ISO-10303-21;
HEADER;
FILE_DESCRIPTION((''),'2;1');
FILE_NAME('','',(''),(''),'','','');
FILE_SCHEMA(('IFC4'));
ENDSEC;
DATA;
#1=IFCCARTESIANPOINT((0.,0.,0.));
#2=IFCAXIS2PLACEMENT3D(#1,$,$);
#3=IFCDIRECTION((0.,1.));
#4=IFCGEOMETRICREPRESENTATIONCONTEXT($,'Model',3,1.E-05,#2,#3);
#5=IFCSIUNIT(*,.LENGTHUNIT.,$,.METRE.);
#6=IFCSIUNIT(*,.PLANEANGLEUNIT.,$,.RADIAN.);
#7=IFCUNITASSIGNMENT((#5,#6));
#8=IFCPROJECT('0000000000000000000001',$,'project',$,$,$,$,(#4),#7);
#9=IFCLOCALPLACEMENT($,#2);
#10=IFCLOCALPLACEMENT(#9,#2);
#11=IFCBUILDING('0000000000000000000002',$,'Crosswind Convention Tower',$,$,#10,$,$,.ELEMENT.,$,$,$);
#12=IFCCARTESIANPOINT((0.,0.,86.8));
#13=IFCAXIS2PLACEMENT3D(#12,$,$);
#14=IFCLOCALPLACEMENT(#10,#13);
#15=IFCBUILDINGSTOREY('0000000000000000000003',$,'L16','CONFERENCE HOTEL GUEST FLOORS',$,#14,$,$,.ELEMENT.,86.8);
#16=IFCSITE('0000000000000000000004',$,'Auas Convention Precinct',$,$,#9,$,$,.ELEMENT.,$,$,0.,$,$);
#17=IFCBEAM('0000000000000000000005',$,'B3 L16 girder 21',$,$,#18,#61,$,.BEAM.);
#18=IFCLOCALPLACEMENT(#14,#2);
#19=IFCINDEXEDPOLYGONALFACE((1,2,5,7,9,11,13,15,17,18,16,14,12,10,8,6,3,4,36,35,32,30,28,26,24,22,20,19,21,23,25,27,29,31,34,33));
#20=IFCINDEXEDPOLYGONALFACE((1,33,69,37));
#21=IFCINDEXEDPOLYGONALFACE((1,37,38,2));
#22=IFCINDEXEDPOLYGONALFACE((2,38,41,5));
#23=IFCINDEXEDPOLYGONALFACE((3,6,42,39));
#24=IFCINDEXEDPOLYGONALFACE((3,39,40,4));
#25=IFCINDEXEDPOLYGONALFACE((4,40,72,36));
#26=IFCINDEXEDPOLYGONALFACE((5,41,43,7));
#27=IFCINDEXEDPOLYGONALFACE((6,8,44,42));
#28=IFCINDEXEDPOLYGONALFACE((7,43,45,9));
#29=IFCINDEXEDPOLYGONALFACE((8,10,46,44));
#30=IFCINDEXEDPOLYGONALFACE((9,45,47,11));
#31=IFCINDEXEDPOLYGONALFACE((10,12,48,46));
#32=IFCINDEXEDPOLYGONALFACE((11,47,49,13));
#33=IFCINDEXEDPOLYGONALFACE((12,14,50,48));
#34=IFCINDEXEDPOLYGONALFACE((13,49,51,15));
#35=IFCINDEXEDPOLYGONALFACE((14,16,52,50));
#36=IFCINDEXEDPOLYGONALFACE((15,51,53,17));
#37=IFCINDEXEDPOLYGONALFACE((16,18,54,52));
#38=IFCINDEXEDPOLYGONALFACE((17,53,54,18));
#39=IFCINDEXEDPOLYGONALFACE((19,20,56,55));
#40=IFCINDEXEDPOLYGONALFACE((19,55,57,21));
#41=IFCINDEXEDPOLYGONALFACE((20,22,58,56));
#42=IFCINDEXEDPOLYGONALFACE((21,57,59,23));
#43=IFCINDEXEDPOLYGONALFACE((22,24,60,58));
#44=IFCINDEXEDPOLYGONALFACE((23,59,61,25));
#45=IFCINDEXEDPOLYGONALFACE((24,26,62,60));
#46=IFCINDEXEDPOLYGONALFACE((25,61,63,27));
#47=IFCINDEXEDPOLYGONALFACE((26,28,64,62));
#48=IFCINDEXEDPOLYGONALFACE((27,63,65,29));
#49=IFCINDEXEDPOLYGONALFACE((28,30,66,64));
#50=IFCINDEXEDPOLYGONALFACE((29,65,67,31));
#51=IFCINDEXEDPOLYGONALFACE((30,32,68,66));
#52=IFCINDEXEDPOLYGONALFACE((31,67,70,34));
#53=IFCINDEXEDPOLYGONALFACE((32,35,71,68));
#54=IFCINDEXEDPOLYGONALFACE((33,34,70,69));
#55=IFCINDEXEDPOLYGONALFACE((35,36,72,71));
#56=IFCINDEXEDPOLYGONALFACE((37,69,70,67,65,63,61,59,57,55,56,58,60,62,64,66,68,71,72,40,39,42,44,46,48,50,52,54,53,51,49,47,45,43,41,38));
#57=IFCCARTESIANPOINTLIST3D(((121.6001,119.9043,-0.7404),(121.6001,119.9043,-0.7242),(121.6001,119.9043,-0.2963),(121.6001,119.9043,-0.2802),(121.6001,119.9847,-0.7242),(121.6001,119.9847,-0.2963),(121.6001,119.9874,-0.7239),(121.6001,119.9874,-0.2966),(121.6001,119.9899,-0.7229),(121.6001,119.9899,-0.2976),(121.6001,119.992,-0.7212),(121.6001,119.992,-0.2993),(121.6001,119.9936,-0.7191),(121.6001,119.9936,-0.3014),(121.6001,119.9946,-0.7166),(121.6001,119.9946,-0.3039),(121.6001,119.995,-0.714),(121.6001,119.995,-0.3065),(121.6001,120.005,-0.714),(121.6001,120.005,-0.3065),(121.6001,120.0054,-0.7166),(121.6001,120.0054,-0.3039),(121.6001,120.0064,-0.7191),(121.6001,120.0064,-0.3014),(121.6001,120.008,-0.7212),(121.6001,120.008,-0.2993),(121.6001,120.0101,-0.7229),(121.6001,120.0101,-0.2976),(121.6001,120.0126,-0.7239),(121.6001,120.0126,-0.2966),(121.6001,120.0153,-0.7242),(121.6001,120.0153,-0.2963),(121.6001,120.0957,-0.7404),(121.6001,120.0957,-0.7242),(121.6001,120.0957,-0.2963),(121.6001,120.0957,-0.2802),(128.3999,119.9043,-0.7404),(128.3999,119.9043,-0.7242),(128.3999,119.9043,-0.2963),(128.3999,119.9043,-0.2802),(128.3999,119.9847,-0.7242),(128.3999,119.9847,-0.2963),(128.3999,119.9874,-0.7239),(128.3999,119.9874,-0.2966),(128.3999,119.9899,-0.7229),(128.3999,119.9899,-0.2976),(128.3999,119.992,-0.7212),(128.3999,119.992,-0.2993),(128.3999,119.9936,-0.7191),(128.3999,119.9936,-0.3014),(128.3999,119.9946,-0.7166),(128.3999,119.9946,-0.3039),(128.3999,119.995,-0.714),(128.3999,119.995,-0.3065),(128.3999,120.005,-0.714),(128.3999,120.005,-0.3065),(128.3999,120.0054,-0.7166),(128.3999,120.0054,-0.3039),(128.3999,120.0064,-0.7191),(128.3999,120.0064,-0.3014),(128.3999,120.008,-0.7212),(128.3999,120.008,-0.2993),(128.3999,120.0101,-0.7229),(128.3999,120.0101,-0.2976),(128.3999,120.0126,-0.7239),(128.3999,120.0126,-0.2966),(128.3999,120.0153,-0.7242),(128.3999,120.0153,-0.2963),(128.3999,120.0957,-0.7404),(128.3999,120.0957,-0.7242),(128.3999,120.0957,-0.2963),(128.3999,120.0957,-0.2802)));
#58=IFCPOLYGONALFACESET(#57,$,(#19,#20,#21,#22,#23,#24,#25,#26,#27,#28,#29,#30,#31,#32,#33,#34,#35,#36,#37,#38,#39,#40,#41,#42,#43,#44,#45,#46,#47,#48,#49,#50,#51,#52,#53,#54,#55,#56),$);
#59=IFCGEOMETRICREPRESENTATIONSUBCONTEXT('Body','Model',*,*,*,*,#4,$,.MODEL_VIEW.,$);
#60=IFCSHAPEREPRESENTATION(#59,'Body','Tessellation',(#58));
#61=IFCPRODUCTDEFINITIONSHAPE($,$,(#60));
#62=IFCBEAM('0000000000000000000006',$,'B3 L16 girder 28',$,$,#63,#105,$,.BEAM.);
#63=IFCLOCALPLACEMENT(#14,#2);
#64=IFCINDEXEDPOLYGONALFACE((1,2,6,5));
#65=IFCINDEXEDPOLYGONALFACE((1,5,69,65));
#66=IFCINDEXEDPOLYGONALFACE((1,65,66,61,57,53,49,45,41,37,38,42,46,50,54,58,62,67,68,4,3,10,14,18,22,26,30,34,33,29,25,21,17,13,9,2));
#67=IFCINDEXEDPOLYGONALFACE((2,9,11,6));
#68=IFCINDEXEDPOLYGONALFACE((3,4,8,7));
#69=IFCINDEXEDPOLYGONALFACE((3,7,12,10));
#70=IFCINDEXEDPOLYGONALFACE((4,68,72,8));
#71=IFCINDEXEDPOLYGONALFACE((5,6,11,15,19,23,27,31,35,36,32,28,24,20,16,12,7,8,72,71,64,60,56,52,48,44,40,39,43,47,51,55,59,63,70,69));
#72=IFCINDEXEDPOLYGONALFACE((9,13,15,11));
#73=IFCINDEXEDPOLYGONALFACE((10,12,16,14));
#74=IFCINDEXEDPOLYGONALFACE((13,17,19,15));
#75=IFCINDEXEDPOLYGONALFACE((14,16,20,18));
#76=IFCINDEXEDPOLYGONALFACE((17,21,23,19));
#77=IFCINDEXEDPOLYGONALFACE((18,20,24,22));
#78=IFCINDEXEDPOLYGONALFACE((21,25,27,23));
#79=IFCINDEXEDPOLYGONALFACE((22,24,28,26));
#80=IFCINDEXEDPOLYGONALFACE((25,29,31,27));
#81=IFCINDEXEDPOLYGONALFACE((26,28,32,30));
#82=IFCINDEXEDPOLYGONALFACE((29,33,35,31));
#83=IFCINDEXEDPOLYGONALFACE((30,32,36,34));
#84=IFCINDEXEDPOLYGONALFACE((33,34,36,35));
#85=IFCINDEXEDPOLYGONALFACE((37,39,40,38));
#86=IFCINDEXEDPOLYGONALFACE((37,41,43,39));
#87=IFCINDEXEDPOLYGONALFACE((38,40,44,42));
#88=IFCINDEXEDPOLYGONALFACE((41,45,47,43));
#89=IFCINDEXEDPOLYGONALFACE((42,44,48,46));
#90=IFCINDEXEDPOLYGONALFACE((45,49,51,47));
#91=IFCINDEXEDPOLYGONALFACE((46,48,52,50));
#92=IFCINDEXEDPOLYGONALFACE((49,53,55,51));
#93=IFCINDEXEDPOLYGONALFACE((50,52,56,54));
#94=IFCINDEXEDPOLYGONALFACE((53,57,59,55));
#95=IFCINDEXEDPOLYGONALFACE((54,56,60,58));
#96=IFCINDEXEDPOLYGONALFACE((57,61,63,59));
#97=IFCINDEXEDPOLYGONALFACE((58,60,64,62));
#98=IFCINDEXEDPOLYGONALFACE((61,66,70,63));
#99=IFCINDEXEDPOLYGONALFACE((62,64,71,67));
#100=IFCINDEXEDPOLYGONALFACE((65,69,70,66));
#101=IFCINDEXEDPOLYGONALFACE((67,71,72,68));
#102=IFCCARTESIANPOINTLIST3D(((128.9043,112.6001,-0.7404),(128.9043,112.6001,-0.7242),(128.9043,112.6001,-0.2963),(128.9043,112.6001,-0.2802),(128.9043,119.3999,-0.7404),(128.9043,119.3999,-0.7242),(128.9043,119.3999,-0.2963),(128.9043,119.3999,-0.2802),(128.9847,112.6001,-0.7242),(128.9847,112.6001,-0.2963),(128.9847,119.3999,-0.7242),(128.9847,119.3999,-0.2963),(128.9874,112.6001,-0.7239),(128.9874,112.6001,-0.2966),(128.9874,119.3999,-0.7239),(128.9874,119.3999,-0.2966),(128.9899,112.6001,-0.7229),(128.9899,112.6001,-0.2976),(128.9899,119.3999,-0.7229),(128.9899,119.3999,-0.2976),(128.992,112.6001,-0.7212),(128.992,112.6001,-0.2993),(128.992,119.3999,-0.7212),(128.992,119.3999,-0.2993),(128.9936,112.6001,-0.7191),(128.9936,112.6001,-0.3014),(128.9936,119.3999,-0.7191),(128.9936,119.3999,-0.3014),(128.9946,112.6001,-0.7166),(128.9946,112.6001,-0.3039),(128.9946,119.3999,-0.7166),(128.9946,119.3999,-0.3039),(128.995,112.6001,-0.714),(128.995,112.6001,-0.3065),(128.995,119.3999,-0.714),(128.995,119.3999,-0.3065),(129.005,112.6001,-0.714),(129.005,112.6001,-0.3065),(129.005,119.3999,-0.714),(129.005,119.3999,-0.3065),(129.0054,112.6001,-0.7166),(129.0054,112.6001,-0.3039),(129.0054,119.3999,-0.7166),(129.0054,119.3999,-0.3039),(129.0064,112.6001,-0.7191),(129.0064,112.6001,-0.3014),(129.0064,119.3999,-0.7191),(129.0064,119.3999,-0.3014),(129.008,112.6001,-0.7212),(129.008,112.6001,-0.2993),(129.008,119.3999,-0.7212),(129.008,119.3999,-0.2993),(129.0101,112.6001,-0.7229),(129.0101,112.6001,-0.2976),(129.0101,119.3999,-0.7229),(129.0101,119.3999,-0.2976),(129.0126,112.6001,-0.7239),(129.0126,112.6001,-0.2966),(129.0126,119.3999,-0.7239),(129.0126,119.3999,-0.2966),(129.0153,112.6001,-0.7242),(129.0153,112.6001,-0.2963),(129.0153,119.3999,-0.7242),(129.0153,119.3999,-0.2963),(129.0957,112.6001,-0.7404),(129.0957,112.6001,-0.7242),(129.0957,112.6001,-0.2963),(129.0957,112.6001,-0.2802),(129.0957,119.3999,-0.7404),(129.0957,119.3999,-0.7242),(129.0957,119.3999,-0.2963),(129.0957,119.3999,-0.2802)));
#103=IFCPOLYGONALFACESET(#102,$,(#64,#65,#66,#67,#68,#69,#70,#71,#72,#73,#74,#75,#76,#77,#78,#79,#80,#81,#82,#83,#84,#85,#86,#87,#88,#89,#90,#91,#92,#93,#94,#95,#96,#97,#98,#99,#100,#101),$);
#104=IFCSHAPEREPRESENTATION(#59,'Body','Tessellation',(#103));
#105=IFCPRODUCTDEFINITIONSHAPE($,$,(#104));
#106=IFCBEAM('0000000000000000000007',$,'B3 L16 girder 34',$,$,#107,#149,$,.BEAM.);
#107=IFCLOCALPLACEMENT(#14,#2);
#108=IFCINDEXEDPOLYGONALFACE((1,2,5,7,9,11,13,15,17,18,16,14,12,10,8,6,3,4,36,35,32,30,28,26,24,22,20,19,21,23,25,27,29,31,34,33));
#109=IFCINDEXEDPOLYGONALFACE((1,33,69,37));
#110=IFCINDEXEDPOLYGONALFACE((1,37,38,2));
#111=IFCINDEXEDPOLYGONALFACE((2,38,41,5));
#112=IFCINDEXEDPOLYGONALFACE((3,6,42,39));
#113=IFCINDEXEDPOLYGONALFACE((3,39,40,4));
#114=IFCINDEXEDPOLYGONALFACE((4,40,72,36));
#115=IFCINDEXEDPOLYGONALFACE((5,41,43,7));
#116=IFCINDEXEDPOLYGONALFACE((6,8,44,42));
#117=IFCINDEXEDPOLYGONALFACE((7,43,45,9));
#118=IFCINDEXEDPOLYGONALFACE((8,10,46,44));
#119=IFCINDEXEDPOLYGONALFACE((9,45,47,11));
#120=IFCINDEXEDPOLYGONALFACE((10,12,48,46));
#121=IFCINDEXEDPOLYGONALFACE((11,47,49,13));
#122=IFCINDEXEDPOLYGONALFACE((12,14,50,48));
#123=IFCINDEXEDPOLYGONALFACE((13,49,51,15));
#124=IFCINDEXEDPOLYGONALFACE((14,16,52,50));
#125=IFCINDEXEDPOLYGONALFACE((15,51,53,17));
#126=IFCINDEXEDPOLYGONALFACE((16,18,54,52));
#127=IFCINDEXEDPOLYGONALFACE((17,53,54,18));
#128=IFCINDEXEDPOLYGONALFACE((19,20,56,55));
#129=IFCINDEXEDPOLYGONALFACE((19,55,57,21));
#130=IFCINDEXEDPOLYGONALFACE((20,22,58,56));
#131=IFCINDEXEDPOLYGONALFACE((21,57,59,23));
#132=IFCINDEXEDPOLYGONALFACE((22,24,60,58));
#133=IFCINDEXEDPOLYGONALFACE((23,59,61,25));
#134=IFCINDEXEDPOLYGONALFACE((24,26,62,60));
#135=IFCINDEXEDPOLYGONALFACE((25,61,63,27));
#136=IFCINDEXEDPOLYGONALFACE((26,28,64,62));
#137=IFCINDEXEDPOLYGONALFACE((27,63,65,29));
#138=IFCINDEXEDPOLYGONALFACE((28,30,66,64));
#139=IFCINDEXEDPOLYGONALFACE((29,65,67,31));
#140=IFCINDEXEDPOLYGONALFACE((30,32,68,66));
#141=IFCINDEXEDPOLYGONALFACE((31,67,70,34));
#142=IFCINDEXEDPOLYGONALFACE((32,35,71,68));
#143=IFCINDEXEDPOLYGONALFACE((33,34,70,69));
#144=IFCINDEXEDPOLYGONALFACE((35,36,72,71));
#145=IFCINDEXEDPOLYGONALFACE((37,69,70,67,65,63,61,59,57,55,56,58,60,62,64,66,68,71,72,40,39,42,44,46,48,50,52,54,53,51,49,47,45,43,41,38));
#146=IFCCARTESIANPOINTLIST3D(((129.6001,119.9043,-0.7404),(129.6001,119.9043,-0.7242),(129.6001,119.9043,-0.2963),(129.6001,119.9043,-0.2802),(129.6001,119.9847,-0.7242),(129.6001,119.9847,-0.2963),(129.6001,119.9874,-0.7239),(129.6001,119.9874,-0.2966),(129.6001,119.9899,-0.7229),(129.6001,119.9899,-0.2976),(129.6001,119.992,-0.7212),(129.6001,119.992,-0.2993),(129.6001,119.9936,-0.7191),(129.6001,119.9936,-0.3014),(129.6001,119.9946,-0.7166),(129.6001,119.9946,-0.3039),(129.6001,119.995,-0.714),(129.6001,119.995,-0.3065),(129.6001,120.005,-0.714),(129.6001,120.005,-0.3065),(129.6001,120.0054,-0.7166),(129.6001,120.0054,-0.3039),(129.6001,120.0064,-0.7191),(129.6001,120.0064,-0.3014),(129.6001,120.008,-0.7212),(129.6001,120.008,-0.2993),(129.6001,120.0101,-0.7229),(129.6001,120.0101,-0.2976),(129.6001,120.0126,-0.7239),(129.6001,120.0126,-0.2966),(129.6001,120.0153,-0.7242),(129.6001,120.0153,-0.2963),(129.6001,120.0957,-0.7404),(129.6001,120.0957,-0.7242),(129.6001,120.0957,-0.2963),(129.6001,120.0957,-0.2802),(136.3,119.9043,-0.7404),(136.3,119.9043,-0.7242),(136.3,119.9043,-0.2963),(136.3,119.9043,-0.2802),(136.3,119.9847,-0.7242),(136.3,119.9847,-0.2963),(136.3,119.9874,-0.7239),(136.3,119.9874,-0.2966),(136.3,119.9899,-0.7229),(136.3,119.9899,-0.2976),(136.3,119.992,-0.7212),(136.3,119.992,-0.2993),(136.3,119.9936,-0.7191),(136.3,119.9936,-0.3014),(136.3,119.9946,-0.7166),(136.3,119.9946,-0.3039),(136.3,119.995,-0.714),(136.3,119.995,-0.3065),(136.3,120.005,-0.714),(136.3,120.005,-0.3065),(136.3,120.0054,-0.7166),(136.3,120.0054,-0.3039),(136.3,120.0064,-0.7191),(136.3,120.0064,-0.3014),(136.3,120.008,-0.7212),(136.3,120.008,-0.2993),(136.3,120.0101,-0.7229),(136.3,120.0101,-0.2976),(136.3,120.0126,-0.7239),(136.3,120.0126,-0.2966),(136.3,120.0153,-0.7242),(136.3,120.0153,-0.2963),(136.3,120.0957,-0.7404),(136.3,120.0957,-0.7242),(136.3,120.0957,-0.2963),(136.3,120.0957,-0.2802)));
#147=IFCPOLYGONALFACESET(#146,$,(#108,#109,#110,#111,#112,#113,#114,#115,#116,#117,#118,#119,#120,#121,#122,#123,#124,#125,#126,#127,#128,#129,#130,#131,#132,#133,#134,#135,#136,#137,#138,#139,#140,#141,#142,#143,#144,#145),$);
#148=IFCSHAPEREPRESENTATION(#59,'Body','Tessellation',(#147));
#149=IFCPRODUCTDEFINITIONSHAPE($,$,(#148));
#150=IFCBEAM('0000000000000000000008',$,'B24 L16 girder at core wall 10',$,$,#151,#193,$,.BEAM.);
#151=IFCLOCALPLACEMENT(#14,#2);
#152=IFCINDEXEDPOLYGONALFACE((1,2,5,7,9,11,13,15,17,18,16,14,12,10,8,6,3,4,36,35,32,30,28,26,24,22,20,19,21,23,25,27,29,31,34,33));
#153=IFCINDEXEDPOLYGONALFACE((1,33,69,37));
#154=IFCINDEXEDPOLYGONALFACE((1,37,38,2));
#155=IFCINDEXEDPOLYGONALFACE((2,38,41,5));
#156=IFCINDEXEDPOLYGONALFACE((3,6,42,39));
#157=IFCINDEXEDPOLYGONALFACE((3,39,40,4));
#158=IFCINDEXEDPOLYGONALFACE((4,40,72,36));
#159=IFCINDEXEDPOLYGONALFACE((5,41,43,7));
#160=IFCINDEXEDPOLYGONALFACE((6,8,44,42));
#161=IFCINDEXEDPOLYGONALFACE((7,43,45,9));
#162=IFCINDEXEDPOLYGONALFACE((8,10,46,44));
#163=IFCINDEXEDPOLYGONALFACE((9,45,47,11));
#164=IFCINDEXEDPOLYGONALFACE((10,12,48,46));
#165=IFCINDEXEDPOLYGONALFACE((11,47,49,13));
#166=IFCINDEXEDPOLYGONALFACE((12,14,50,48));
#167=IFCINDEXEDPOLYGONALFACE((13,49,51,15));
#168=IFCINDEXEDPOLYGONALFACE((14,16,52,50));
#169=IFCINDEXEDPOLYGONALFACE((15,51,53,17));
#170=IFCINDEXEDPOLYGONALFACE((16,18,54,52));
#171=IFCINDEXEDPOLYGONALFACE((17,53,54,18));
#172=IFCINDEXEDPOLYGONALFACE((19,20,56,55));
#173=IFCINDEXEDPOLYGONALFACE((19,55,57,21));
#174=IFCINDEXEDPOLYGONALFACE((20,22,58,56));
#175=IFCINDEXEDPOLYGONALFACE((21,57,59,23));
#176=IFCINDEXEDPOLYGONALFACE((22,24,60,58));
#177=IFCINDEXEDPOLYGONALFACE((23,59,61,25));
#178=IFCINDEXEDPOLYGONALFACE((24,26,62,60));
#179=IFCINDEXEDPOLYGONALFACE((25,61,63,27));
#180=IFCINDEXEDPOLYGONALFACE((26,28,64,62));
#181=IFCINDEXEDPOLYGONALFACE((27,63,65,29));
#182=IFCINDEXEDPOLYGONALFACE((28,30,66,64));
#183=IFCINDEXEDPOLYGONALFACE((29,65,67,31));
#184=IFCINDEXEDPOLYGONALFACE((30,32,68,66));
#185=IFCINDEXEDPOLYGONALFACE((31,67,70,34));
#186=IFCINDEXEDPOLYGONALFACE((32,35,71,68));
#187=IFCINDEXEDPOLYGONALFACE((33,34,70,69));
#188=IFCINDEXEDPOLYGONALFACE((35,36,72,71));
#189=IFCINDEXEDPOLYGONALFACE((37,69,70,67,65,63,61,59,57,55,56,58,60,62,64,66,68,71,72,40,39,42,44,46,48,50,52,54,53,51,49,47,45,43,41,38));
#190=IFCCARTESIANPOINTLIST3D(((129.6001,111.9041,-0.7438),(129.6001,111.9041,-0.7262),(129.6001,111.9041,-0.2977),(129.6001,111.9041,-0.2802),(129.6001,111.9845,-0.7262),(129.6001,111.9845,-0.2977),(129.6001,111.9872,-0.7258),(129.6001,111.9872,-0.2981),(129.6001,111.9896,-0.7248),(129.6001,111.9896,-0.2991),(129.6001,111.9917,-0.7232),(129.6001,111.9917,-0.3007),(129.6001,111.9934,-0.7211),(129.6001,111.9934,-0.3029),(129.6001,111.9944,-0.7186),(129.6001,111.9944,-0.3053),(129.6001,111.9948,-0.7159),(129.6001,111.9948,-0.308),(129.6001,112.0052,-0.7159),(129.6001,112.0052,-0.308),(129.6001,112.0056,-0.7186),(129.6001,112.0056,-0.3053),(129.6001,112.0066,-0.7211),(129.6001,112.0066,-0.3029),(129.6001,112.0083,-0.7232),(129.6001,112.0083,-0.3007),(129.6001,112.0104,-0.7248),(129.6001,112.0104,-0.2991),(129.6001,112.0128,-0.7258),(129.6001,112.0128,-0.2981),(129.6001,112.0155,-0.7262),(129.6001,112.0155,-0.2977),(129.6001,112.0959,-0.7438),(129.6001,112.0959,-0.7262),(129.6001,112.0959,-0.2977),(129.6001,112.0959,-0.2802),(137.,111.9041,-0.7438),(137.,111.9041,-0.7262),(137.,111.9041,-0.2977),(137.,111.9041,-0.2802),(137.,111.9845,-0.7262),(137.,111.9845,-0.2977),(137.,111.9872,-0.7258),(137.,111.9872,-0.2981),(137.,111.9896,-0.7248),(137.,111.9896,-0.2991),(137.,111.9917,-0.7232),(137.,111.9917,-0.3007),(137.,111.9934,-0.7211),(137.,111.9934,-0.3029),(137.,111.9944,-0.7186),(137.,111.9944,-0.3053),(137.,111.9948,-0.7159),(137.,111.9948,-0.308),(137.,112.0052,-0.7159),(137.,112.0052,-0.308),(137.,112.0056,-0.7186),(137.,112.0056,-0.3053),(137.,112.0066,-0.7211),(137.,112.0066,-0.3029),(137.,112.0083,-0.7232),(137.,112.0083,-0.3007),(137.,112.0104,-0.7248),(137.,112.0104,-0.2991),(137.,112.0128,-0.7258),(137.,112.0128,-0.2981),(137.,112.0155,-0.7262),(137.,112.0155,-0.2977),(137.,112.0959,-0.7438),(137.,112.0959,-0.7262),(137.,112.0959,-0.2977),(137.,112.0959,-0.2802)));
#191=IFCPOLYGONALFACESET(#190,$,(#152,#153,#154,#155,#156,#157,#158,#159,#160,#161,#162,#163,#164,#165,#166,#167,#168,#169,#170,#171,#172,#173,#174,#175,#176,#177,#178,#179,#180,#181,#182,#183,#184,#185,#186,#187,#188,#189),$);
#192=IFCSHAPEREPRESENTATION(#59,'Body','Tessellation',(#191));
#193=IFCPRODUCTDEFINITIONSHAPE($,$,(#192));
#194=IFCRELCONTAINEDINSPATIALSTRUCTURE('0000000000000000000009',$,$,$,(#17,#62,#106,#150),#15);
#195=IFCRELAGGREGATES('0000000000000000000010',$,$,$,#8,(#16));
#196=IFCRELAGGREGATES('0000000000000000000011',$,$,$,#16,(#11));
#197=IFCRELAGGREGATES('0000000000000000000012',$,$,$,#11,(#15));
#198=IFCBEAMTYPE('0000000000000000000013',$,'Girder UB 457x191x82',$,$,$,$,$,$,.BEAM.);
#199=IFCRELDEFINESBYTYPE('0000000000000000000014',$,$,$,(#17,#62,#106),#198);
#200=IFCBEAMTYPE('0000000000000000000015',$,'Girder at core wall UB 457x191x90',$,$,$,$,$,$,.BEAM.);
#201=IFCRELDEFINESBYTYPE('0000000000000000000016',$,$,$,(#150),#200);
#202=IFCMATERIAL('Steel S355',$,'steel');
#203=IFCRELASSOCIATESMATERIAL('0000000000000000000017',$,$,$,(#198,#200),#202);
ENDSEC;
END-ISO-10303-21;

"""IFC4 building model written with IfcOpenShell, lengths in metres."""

from ifc_helpers import new_model, si_unit, direction, frame, origin, origin_2d, place, context, subcontext, project, spatial, i_section, extrude, material, material_profile, profile_set, type_object, element, save


model = new_model("IFC4")

# Units and contexts
model_context = context("Model", 3, precision=1e-05, world=origin(), true_north=direction((0.0, 1.0)))
body_context = subcontext(model_context, "Body", "Model", "MODEL_VIEW")
ifc_project = project(units=[si_unit("LENGTHUNIT", "METRE"), si_unit("PLANEANGLEUNIT", "RADIAN")], contexts=[model_context])

# Site, building, storey
site_placement = place(None, origin())
site = spatial("IfcSite", under=ifc_project, at=site_placement, Name="Auas Convention Precinct", CompositionType="ELEMENT", RefElevation=0.0)
building_placement = place(site_placement, origin())
building = spatial("IfcBuilding", under=site, at=building_placement, Name="Crosswind Convention Tower", CompositionType="ELEMENT")
storey_placement = place(building_placement, frame((0.0, 0.0, 86.8)))
storey = spatial("IfcBuildingStorey", under=building, at=storey_placement, Name="L16", Description="CONFERENCE HOTEL GUEST FLOORS", CompositionType="ELEMENT", Elevation=86.8)

# Beams
ifc_material_1 = material(Name="Steel S355", Category="steel")
ifc_material_profile_1 = material_profile(ifc_material_1, i_section(OverallWidth=0.1914, OverallDepth=0.4602, WebThickness=0.01, FlangeThickness=0.0161, FilletRadius=0.0103, at=origin_2d()), Name="UB 457x191x82")
ifc_profile_set_1 = profile_set([ifc_material_profile_1], Name="Steel S355")
beam_type_1 = type_object("IfcBeamType", Name="Girder UB 457x191x82", PredefinedType="BEAM", material=ifc_profile_set_1)
for number, where, z_axis, x_axis, name in (
    (1, (121.6001, 120.0, -0.5103), (1.0, 0.0, 0.0), (0.0, 1.0, 0.0), "B3 L16 girder 21"),
    (2, (129.0, 112.6001, -0.5103), (0.0, 1.0, 0.0), (-1.0, 0.0, 0.0), "B3 L16 girder 28"),
):
    element("IfcBeam", number, at=place(storey_placement, frame(where, z_axis=z_axis, x_axis=x_axis)), inside=storey, type_object=beam_type_1, Name=name, PredefinedType="BEAM", context=body_context, shape_type="SweptSolid", body=[
        extrude(i_section(OverallWidth=0.1914, OverallDepth=0.4602, WebThickness=0.01, FlangeThickness=0.0161, FilletRadius=0.0103, at=origin_2d()), origin(), (0.0, 0.0, 1.0), 6.7998),
    ])
beam_1_placement = place(storey_placement, frame((129.6001, 120.0, -0.5103), z_axis=(1.0, 0.0, 0.0), x_axis=(0.0, 1.0, 0.0)))
element("IfcBeam", 3, at=beam_1_placement, inside=storey, type_object=beam_type_1, Name="B3 L16 girder 34", PredefinedType="BEAM", context=body_context, shape_type="SweptSolid", body=[
    extrude(i_section(OverallWidth=0.1914, OverallDepth=0.4602, WebThickness=0.01, FlangeThickness=0.0161, FilletRadius=0.0103, at=origin_2d()), origin(), (0.0, 0.0, 1.0), 6.7),
])
ifc_material_profile_2 = material_profile(ifc_material_1, i_section(OverallWidth=0.1919, OverallDepth=0.4636, WebThickness=0.0105, FlangeThickness=0.0176, FilletRadius=0.0103, at=origin_2d()), Name="UB 457x191x90")
ifc_profile_set_2 = profile_set([ifc_material_profile_2], Name="Steel S355")
beam_type_2 = type_object("IfcBeamType", Name="Girder at core wall UB 457x191x90", PredefinedType="BEAM", material=ifc_profile_set_2)
beam_2_placement = place(storey_placement, frame((129.6001, 112.0, -0.512), z_axis=(1.0, 0.0, 0.0), x_axis=(0.0, 1.0, 0.0)))
element("IfcBeam", 4, at=beam_2_placement, inside=storey, type_object=beam_type_2, Name="B24 L16 girder at core wall 10", PredefinedType="BEAM", context=body_context, shape_type="SweptSolid", body=[
    extrude(i_section(OverallWidth=0.1919, OverallDepth=0.4636, WebThickness=0.0105, FlangeThickness=0.0176, FilletRadius=0.0103, at=origin_2d()), origin(), (0.0, 0.0, 1.0), 7.3999),
])

save(model, "model.ifc")
